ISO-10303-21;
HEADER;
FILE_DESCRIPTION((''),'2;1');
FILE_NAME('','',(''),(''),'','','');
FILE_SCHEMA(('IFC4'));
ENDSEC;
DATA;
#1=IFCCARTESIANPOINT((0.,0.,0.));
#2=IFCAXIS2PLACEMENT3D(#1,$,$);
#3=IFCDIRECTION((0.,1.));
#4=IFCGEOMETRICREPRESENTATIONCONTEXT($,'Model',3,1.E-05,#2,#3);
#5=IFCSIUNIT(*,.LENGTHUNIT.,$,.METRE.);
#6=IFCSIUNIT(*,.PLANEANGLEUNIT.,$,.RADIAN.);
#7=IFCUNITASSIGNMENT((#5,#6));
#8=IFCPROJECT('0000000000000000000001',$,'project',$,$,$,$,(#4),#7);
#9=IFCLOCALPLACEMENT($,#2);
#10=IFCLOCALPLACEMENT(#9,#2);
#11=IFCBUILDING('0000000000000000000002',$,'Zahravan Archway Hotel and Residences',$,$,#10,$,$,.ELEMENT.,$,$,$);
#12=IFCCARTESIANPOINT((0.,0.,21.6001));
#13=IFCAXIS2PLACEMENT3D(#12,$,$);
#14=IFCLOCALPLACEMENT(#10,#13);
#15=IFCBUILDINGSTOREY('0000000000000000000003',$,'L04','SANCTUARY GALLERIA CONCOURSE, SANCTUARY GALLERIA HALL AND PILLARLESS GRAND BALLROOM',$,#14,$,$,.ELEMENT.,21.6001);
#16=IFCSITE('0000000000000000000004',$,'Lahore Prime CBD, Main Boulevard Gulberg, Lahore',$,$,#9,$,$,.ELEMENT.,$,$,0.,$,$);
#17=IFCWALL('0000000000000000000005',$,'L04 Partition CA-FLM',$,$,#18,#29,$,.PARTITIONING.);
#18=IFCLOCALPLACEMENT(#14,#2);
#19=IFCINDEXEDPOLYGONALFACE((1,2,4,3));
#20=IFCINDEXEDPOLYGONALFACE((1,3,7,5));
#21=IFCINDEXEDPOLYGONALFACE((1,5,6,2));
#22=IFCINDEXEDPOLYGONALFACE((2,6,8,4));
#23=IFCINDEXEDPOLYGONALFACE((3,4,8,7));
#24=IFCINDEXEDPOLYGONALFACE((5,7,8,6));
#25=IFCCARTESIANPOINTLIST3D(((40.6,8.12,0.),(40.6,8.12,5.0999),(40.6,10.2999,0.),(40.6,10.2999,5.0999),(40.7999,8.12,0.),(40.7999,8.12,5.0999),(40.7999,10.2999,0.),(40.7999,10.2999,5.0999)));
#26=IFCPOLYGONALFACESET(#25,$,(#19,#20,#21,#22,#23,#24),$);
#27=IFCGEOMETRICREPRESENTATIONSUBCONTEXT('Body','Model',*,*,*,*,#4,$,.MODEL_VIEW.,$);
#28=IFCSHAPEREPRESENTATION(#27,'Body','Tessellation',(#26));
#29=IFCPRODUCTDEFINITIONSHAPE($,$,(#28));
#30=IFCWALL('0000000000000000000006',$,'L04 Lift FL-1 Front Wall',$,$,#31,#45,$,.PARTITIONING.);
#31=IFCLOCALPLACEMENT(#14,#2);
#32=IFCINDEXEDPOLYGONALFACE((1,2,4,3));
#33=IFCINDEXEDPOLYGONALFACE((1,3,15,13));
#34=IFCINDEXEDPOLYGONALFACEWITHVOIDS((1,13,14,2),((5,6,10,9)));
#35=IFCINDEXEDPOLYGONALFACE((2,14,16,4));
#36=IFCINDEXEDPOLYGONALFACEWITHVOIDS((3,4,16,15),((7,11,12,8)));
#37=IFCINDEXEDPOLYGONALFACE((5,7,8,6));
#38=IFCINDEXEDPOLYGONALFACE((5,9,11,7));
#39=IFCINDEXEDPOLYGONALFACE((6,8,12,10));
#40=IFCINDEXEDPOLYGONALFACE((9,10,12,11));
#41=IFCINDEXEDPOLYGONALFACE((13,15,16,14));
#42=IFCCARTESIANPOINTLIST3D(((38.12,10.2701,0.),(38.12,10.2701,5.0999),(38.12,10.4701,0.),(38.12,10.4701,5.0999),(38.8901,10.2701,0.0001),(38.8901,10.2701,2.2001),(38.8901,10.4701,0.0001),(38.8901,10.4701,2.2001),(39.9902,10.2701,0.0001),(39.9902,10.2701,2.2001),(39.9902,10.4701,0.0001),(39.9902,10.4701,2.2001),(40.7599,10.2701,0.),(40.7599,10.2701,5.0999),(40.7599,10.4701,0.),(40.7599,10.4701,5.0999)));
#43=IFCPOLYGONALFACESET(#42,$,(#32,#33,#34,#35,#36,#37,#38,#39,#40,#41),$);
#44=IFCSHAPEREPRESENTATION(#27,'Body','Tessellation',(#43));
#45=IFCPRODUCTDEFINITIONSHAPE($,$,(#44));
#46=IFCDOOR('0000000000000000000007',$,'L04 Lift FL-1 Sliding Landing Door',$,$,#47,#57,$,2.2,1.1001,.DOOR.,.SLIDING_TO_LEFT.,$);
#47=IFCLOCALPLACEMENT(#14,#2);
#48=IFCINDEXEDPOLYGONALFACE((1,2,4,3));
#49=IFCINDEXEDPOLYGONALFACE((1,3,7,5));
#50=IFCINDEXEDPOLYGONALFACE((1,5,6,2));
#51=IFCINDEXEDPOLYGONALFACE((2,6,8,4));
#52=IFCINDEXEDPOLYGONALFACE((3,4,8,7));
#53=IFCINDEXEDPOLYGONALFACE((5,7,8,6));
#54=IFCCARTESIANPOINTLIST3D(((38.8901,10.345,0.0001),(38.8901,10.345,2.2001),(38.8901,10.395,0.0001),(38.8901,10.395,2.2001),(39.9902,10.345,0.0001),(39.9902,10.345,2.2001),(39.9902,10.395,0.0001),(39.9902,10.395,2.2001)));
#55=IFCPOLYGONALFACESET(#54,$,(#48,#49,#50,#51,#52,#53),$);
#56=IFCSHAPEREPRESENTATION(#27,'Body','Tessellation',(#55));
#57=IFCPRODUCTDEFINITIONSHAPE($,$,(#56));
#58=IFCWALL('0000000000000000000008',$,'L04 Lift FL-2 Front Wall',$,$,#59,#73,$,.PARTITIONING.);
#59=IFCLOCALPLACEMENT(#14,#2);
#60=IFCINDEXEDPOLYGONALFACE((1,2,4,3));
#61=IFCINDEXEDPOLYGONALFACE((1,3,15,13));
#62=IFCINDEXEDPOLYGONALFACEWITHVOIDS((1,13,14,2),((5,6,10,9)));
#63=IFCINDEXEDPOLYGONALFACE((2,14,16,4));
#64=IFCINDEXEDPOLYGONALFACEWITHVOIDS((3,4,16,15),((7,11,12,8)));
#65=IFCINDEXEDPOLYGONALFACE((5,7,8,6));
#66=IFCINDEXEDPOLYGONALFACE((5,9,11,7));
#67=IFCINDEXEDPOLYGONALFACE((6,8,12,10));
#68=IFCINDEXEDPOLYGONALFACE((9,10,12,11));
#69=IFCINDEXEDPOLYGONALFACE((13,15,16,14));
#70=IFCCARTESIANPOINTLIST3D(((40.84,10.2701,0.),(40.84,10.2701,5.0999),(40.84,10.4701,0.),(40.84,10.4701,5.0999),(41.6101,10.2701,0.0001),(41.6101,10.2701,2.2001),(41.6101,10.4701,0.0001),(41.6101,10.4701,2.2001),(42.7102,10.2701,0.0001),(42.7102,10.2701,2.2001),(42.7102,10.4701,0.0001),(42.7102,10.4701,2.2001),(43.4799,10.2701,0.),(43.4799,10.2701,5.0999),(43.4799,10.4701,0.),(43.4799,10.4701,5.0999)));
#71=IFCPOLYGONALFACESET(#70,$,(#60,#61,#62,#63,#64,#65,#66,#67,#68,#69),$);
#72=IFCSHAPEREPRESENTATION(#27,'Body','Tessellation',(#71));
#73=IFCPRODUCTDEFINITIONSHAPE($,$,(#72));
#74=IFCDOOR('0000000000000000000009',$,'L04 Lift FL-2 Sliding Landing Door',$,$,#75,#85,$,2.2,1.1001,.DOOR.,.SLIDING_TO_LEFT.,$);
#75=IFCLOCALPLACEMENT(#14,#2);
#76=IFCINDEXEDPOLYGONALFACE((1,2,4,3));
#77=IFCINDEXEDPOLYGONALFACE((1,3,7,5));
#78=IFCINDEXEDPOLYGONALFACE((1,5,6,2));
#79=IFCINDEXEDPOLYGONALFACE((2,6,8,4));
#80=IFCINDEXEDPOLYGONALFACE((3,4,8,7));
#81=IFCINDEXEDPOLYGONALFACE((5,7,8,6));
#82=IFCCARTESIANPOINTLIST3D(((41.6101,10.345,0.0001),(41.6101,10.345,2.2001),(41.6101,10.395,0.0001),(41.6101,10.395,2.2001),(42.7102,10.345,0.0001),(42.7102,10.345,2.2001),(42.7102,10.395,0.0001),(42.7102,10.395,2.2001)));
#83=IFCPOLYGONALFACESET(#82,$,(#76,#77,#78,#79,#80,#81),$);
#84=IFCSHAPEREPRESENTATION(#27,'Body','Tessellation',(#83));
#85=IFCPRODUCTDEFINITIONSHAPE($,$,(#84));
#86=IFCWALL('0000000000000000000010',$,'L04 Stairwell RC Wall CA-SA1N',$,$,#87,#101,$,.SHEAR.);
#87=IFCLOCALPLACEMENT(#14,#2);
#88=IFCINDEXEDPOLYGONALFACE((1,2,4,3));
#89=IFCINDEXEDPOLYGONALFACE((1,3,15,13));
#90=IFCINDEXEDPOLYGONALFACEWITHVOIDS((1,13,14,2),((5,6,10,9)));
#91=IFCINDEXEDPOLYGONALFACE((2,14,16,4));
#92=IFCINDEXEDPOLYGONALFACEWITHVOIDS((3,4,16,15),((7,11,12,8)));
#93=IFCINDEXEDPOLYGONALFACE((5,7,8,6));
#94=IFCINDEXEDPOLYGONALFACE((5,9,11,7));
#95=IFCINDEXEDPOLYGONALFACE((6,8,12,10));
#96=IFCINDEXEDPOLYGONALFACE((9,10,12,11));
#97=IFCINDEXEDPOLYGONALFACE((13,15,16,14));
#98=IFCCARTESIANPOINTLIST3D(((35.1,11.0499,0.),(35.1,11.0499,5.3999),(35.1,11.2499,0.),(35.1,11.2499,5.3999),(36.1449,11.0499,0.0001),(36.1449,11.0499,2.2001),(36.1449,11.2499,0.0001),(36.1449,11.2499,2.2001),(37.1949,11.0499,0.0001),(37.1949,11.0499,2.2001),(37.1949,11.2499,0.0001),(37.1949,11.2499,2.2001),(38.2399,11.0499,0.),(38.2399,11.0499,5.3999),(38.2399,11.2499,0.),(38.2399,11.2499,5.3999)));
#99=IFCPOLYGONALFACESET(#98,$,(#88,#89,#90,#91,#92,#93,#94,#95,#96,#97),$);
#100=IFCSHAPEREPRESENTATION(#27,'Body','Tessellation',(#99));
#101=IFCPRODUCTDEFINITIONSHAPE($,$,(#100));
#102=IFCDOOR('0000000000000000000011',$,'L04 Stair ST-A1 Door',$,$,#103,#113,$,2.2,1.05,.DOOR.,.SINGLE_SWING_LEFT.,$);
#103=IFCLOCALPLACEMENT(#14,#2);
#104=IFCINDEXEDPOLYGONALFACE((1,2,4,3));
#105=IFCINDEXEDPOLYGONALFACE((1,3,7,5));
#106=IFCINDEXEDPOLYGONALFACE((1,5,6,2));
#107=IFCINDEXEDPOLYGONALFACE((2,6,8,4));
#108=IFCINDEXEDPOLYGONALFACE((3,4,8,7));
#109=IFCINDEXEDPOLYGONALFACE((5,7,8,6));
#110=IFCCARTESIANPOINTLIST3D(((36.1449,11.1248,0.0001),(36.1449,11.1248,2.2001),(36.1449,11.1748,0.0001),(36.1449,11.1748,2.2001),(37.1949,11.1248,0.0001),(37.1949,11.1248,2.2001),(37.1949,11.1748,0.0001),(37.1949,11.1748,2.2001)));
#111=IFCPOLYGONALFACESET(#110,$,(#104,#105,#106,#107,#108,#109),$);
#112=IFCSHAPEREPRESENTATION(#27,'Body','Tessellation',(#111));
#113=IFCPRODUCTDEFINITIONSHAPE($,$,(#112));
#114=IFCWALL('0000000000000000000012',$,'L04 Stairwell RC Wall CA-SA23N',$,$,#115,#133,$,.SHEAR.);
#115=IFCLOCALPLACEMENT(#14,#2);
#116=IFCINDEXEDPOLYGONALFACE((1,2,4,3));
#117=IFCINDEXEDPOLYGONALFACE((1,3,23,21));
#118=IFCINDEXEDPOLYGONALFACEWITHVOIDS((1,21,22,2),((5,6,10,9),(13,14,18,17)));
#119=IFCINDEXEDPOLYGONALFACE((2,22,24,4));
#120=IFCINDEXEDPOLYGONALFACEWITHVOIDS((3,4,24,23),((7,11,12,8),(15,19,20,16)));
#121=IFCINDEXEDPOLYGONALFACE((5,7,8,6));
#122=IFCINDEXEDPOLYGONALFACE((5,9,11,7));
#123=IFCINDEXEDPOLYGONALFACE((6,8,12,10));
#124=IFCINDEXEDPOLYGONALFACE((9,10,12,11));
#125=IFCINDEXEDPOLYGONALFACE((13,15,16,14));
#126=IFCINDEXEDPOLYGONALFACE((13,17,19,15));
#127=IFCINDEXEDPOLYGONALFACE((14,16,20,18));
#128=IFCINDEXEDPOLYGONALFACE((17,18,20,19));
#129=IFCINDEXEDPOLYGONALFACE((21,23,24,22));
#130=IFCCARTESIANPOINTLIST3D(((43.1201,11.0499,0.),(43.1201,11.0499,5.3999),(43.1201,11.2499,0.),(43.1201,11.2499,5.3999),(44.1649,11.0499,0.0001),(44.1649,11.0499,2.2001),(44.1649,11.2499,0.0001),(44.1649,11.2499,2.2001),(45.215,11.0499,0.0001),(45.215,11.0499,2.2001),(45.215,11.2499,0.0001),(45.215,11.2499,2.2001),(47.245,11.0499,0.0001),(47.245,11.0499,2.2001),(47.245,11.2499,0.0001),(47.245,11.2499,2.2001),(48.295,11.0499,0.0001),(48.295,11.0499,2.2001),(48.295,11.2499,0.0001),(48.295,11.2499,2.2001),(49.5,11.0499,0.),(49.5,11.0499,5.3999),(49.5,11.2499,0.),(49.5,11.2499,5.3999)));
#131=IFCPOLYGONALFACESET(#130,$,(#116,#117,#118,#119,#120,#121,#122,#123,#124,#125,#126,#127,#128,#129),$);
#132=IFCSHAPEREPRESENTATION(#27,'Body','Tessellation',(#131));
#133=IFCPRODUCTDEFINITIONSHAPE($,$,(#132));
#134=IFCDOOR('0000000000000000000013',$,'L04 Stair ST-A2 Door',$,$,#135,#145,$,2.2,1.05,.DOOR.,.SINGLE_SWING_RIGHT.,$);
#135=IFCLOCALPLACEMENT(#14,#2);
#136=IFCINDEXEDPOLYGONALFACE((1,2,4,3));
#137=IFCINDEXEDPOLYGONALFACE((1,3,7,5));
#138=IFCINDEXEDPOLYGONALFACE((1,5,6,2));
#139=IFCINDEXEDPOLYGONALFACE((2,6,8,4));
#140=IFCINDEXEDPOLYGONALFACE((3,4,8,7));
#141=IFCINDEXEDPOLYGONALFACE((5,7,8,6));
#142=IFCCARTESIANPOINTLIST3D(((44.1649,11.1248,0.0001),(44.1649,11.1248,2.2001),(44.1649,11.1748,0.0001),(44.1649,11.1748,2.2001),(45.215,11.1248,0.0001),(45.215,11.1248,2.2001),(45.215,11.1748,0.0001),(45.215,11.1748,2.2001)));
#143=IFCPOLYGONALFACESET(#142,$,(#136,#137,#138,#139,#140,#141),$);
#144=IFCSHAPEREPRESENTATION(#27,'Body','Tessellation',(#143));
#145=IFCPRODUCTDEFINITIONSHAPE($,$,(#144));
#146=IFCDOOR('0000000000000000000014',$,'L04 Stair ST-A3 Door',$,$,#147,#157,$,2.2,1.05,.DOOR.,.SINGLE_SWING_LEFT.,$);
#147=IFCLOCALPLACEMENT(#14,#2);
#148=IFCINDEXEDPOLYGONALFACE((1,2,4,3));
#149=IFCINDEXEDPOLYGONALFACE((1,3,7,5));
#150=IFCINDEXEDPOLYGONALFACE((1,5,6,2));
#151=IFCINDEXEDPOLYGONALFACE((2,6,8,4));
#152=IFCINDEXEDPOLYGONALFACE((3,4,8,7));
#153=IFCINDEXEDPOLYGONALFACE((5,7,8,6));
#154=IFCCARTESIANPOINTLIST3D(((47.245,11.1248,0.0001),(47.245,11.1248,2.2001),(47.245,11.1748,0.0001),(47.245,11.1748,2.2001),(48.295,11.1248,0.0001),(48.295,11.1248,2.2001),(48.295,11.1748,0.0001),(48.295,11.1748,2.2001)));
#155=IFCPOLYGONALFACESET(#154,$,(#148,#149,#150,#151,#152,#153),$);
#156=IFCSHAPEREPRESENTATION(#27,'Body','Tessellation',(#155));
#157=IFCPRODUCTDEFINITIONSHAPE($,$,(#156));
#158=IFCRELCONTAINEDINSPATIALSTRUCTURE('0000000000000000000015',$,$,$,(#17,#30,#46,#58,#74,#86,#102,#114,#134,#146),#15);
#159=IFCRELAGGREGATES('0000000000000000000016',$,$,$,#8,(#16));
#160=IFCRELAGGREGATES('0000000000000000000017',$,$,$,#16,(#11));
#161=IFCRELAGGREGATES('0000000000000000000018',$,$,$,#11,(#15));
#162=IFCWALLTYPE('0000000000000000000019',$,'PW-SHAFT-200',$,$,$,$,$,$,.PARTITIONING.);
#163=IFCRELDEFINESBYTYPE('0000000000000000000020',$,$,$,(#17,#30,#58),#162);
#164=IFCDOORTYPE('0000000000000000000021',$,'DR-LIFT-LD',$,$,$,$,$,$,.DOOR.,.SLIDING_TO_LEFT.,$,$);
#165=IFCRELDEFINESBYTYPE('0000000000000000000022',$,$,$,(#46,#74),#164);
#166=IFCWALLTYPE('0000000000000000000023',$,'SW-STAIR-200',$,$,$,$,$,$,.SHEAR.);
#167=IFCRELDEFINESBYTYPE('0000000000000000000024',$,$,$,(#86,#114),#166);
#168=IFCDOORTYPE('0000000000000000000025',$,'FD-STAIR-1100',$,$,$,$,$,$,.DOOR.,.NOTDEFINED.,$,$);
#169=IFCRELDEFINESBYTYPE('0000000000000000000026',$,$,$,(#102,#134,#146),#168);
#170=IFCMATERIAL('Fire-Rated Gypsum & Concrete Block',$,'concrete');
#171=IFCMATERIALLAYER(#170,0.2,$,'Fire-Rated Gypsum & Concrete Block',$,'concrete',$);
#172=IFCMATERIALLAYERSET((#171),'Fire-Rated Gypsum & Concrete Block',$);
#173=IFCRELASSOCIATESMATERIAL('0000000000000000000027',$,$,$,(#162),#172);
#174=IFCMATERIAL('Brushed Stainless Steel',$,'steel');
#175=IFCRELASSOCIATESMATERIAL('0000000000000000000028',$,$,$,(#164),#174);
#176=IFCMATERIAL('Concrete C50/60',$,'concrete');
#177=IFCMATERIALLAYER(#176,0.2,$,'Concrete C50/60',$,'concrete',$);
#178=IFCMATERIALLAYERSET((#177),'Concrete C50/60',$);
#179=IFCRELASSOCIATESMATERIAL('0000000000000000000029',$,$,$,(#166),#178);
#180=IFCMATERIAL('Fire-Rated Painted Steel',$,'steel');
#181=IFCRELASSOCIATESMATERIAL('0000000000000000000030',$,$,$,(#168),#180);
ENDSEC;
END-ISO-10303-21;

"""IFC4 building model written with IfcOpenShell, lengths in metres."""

from ifc_helpers import new_model, si_unit, direction, frame, frame_2d, origin, place, context, subcontext, project, spatial, rectangle, extrude, source, transform, mapped, material, layer, layer_set, type_object, type_shapes, element, fill, save


model = new_model("IFC4")

# Units and contexts
model_context = context("Model", 3, precision=1e-05, world=origin(), true_north=direction((0.0, 1.0)))
body_context = subcontext(model_context, "Body", "Model", "MODEL_VIEW")
ifc_project = project(units=[si_unit("LENGTHUNIT", "METRE"), si_unit("PLANEANGLEUNIT", "RADIAN")], contexts=[model_context])

# Site, building, storey
site_placement = place(None, origin())
site = spatial("IfcSite", under=ifc_project, at=site_placement, Name="Lahore Prime CBD, Main Boulevard Gulberg, Lahore", CompositionType="ELEMENT", RefElevation=0.0)
building_placement = place(site_placement, origin())
building = spatial("IfcBuilding", under=site, at=building_placement, Name="Zahravan Archway Hotel and Residences", CompositionType="ELEMENT")
storey_placement = place(building_placement, frame((0.0, 0.0, 21.6001)))
storey = spatial("IfcBuildingStorey", under=building, at=storey_placement, Name="L04", Description="SANCTUARY GALLERIA CONCOURSE, SANCTUARY GALLERIA HALL AND PILLARLESS GRAND BALLROOM", CompositionType="ELEMENT", Elevation=21.6001)

# Shared definitions
ifc_material_1 = material(Name="Fire-Rated Gypsum & Concrete Block", Category="concrete")
ifc_material_2 = material(Name="Fire-Rated Painted Steel", Category="steel")

# Wall
ifc_layer_1 = layer(ifc_material_1, 0.2, Name="Fire-Rated Gypsum & Concrete Block", Category="concrete")
ifc_layer_set_1 = layer_set([ifc_layer_1], Name="Fire-Rated Gypsum & Concrete Block")
wall_type_1 = type_object("IfcWallType", Name="PW-SHAFT-200", PredefinedType="PARTITIONING", material=ifc_layer_set_1)
wall_1_placement = place(storey_placement, frame((40.7, 8.1201, 0.0), z_axis=(0.0, 0.0, 1.0), x_axis=(0.0, 1.0, 0.0)))
element("IfcWall", 1, at=wall_1_placement, inside=storey, type_object=wall_type_1, Name="L04 Partition CA-FLM", PredefinedType="PARTITIONING", context=body_context, shape_type="SweptSolid", body=[
    extrude(rectangle(XDim=2.1799, YDim=0.2, at=frame_2d((1.0898, 0.0))), origin(), (0.0, 0.0, 1.0), 5.0999),
])

# Walls, openings, doors
wall_2_placement = place(storey_placement, frame((38.1201, 10.3701, 0.0), z_axis=(0.0, 0.0, 1.0), x_axis=(1.0, 0.0, 0.0)))
wall_2 = element("IfcWall", 2, at=wall_2_placement, inside=storey, type_object=wall_type_1, Name="L04 Lift FL-1 Front Wall", PredefinedType="PARTITIONING", context=body_context, shape_type="SweptSolid", body=[
    extrude(rectangle(XDim=2.6399, YDim=0.2, at=frame_2d((1.3198, 0.0))), origin(), (0.0, 0.0, 1.0), 5.0999),
])
opening_1_placement = place(wall_2_placement, frame((0.77, 0.0, 0.0)))
opening_1 = element("IfcOpeningElement", 3, at=opening_1_placement, cuts=wall_2, PredefinedType="OPENING", context=body_context, shape_type="SweptSolid", body=[
    extrude(rectangle(XDim=1.1001, YDim=2.2, at=frame_2d((0.55, 1.1001))), frame((0.0, 0.1099, 0.0), z_axis=(0.0, -1.0, 0.0), x_axis=(1.0, 0.0, 0.0)), (0.0, 0.0, 1.0), 0.22),
])
ifc_material_3 = material(Name="Brushed Stainless Steel", Category="steel")
door_type_1 = type_object("IfcDoorType", Name="DR-LIFT-LD", OperationType="SLIDING_TO_LEFT", PredefinedType="DOOR", material=ifc_material_3)
shared_shape_1 = source(origin(), body_context, "Body", "SweptSolid", [
    extrude(rectangle(XDim=1.1001, YDim=2.2, at=frame_2d((0.55, 1.1001))), frame((0.0, 0.0249, 0.0), z_axis=(0.0, -1.0, 0.0), x_axis=(1.0, 0.0, 0.0)), (0.0, 0.0, 1.0), 0.05),
])
type_shapes(door_type_1, [shared_shape_1])
door_1_placement = place(opening_1_placement, origin())
door_1 = element("IfcDoor", 4, at=door_1_placement, inside=storey, type_object=door_type_1, Name="L04 Lift FL-1 Sliding Landing Door", OperationType="SLIDING_TO_LEFT", OverallHeight=2.2, OverallWidth=1.1001, PredefinedType="DOOR", context=body_context, shape_type="MappedRepresentation", body=[
    mapped(shared_shape_1, transform((0.0, 0.0, 0.0), scale=1.0)),
])
fill(opening_1, door_1)
wall_3_placement = place(storey_placement, frame((40.8401, 10.3701, 0.0), z_axis=(0.0, 0.0, 1.0), x_axis=(1.0, 0.0, 0.0)))
wall_3 = element("IfcWall", 5, at=wall_3_placement, inside=storey, type_object=wall_type_1, Name="L04 Lift FL-2 Front Wall", PredefinedType="PARTITIONING", context=body_context, shape_type="SweptSolid", body=[
    extrude(rectangle(XDim=2.6399, YDim=0.2, at=frame_2d((1.3198, 0.0))), origin(), (0.0, 0.0, 1.0), 5.0999),
])
opening_2_placement = place(wall_3_placement, frame((0.77, 0.0, 0.0)))
opening_2 = element("IfcOpeningElement", 6, at=opening_2_placement, cuts=wall_3, PredefinedType="OPENING", context=body_context, shape_type="SweptSolid", body=[
    extrude(rectangle(XDim=1.1001, YDim=2.2, at=frame_2d((0.55, 1.1001))), frame((0.0, 0.1099, 0.0), z_axis=(0.0, -1.0, 0.0), x_axis=(1.0, 0.0, 0.0)), (0.0, 0.0, 1.0), 0.22),
])
door_2_placement = place(opening_2_placement, origin())
door_2 = element("IfcDoor", 7, at=door_2_placement, inside=storey, type_object=door_type_1, Name="L04 Lift FL-2 Sliding Landing Door", OperationType="SLIDING_TO_LEFT", OverallHeight=2.2, OverallWidth=1.1001, PredefinedType="DOOR", context=body_context, shape_type="MappedRepresentation", body=[
    mapped(shared_shape_1, transform((0.0, 0.0, 0.0), scale=1.0)),
])
fill(opening_2, door_2)
ifc_material_4 = material(Name="Concrete C50/60", Category="concrete")
ifc_layer_2 = layer(ifc_material_4, 0.2, Name="Concrete C50/60", Category="concrete")
ifc_layer_set_2 = layer_set([ifc_layer_2], Name="Concrete C50/60")
wall_type_2 = type_object("IfcWallType", Name="SW-STAIR-200", PredefinedType="SHEAR", material=ifc_layer_set_2)
wall_4_placement = place(storey_placement, frame((35.1001, 11.1499, 0.0), z_axis=(0.0, 0.0, 1.0), x_axis=(1.0, 0.0, 0.0)))
wall_4 = element("IfcWall", 8, at=wall_4_placement, inside=storey, type_object=wall_type_2, Name="L04 Stairwell RC Wall CA-SA1N", PredefinedType="SHEAR", context=body_context, shape_type="SweptSolid", body=[
    extrude(rectangle(XDim=3.1399, YDim=0.2, at=frame_2d((1.5698, 0.0))), origin(), (0.0, 0.0, 1.0), 5.3999),
])
opening_3_placement = place(wall_4_placement, frame((1.0449, 0.0, 0.0)))
opening_3 = element("IfcOpeningElement", 9, at=opening_3_placement, cuts=wall_4, PredefinedType="OPENING", context=body_context, shape_type="SweptSolid", body=[
    extrude(rectangle(XDim=1.05, YDim=2.2, at=frame_2d((0.5249, 1.1001))), frame((0.0, 0.1099, 0.0), z_axis=(0.0, -1.0, 0.0), x_axis=(1.0, 0.0, 0.0)), (0.0, 0.0, 1.0), 0.22),
])
door_type_2 = type_object("IfcDoorType", Name="FD-STAIR-1100", OperationType="NOTDEFINED", PredefinedType="DOOR", material=ifc_material_2)
shared_shape_2 = source(origin(), body_context, "Body", "SweptSolid", [
    extrude(rectangle(XDim=1.05, YDim=2.2, at=frame_2d((0.5249, 1.1001))), frame((0.0, 0.0249, 0.0), z_axis=(0.0, -1.0, 0.0), x_axis=(1.0, 0.0, 0.0)), (0.0, 0.0, 1.0), 0.05),
])
type_shapes(door_type_2, [shared_shape_2])
door_3_placement = place(opening_3_placement, origin())
door_3 = element("IfcDoor", 10, at=door_3_placement, inside=storey, type_object=door_type_2, Name="L04 Stair ST-A1 Door", OperationType="SINGLE_SWING_LEFT", OverallHeight=2.2, OverallWidth=1.05, PredefinedType="DOOR", context=body_context, shape_type="MappedRepresentation", body=[
    mapped(shared_shape_2, transform((0.0, 0.0, 0.0), scale=1.0)),
])
fill(opening_3, door_3)

# Wall, openings, doors
wall_5_placement = place(storey_placement, frame((43.1201, 11.1499, 0.0), z_axis=(0.0, 0.0, 1.0), x_axis=(1.0, 0.0, 0.0)))
wall_5 = element("IfcWall", 11, at=wall_5_placement, inside=storey, type_object=wall_type_2, Name="L04 Stairwell RC Wall CA-SA23N", PredefinedType="SHEAR", context=body_context, shape_type="SweptSolid", body=[
    extrude(rectangle(XDim=6.3799, YDim=0.2, at=frame_2d((3.1899, 0.0))), origin(), (0.0, 0.0, 1.0), 5.3999),
])
opening_4_placement = place(wall_5_placement, frame((1.0449, 0.0, 0.0)))
opening_4 = element("IfcOpeningElement", 12, at=opening_4_placement, cuts=wall_5, PredefinedType="OPENING", context=body_context, shape_type="SweptSolid", body=[
    extrude(rectangle(XDim=1.05, YDim=2.2, at=frame_2d((0.5249, 1.1001))), frame((0.0, 0.1099, 0.0), z_axis=(0.0, -1.0, 0.0), x_axis=(1.0, 0.0, 0.0)), (0.0, 0.0, 1.0), 0.22),
])
opening_5_placement = place(wall_5_placement, frame((4.125, 0.0, 0.0)))
opening_5 = element("IfcOpeningElement", 13, at=opening_5_placement, cuts=wall_5, PredefinedType="OPENING", context=body_context, shape_type="SweptSolid", body=[
    extrude(rectangle(XDim=1.05, YDim=2.2, at=frame_2d((0.5249, 1.1001))), frame((0.0, 0.1099, 0.0), z_axis=(0.0, -1.0, 0.0), x_axis=(1.0, 0.0, 0.0)), (0.0, 0.0, 1.0), 0.22),
])
door_4_placement = place(opening_4_placement, origin())
door_4 = element("IfcDoor", 14, at=door_4_placement, inside=storey, type_object=door_type_2, Name="L04 Stair ST-A2 Door", OperationType="SINGLE_SWING_RIGHT", OverallHeight=2.2, OverallWidth=1.05, PredefinedType="DOOR", context=body_context, shape_type="MappedRepresentation", body=[
    mapped(shared_shape_2, transform((0.0, 0.0, 0.0), scale=1.0)),
])
fill(opening_4, door_4)
door_5_placement = place(opening_5_placement, origin())
door_5 = element("IfcDoor", 15, at=door_5_placement, inside=storey, type_object=door_type_2, Name="L04 Stair ST-A3 Door", OperationType="SINGLE_SWING_LEFT", OverallHeight=2.2, OverallWidth=1.05, PredefinedType="DOOR", context=body_context, shape_type="MappedRepresentation", body=[
    mapped(shared_shape_2, transform((0.0, 0.0, 0.0), scale=1.0)),
])
fill(opening_5, door_5)

save(model, "model.ifc")
